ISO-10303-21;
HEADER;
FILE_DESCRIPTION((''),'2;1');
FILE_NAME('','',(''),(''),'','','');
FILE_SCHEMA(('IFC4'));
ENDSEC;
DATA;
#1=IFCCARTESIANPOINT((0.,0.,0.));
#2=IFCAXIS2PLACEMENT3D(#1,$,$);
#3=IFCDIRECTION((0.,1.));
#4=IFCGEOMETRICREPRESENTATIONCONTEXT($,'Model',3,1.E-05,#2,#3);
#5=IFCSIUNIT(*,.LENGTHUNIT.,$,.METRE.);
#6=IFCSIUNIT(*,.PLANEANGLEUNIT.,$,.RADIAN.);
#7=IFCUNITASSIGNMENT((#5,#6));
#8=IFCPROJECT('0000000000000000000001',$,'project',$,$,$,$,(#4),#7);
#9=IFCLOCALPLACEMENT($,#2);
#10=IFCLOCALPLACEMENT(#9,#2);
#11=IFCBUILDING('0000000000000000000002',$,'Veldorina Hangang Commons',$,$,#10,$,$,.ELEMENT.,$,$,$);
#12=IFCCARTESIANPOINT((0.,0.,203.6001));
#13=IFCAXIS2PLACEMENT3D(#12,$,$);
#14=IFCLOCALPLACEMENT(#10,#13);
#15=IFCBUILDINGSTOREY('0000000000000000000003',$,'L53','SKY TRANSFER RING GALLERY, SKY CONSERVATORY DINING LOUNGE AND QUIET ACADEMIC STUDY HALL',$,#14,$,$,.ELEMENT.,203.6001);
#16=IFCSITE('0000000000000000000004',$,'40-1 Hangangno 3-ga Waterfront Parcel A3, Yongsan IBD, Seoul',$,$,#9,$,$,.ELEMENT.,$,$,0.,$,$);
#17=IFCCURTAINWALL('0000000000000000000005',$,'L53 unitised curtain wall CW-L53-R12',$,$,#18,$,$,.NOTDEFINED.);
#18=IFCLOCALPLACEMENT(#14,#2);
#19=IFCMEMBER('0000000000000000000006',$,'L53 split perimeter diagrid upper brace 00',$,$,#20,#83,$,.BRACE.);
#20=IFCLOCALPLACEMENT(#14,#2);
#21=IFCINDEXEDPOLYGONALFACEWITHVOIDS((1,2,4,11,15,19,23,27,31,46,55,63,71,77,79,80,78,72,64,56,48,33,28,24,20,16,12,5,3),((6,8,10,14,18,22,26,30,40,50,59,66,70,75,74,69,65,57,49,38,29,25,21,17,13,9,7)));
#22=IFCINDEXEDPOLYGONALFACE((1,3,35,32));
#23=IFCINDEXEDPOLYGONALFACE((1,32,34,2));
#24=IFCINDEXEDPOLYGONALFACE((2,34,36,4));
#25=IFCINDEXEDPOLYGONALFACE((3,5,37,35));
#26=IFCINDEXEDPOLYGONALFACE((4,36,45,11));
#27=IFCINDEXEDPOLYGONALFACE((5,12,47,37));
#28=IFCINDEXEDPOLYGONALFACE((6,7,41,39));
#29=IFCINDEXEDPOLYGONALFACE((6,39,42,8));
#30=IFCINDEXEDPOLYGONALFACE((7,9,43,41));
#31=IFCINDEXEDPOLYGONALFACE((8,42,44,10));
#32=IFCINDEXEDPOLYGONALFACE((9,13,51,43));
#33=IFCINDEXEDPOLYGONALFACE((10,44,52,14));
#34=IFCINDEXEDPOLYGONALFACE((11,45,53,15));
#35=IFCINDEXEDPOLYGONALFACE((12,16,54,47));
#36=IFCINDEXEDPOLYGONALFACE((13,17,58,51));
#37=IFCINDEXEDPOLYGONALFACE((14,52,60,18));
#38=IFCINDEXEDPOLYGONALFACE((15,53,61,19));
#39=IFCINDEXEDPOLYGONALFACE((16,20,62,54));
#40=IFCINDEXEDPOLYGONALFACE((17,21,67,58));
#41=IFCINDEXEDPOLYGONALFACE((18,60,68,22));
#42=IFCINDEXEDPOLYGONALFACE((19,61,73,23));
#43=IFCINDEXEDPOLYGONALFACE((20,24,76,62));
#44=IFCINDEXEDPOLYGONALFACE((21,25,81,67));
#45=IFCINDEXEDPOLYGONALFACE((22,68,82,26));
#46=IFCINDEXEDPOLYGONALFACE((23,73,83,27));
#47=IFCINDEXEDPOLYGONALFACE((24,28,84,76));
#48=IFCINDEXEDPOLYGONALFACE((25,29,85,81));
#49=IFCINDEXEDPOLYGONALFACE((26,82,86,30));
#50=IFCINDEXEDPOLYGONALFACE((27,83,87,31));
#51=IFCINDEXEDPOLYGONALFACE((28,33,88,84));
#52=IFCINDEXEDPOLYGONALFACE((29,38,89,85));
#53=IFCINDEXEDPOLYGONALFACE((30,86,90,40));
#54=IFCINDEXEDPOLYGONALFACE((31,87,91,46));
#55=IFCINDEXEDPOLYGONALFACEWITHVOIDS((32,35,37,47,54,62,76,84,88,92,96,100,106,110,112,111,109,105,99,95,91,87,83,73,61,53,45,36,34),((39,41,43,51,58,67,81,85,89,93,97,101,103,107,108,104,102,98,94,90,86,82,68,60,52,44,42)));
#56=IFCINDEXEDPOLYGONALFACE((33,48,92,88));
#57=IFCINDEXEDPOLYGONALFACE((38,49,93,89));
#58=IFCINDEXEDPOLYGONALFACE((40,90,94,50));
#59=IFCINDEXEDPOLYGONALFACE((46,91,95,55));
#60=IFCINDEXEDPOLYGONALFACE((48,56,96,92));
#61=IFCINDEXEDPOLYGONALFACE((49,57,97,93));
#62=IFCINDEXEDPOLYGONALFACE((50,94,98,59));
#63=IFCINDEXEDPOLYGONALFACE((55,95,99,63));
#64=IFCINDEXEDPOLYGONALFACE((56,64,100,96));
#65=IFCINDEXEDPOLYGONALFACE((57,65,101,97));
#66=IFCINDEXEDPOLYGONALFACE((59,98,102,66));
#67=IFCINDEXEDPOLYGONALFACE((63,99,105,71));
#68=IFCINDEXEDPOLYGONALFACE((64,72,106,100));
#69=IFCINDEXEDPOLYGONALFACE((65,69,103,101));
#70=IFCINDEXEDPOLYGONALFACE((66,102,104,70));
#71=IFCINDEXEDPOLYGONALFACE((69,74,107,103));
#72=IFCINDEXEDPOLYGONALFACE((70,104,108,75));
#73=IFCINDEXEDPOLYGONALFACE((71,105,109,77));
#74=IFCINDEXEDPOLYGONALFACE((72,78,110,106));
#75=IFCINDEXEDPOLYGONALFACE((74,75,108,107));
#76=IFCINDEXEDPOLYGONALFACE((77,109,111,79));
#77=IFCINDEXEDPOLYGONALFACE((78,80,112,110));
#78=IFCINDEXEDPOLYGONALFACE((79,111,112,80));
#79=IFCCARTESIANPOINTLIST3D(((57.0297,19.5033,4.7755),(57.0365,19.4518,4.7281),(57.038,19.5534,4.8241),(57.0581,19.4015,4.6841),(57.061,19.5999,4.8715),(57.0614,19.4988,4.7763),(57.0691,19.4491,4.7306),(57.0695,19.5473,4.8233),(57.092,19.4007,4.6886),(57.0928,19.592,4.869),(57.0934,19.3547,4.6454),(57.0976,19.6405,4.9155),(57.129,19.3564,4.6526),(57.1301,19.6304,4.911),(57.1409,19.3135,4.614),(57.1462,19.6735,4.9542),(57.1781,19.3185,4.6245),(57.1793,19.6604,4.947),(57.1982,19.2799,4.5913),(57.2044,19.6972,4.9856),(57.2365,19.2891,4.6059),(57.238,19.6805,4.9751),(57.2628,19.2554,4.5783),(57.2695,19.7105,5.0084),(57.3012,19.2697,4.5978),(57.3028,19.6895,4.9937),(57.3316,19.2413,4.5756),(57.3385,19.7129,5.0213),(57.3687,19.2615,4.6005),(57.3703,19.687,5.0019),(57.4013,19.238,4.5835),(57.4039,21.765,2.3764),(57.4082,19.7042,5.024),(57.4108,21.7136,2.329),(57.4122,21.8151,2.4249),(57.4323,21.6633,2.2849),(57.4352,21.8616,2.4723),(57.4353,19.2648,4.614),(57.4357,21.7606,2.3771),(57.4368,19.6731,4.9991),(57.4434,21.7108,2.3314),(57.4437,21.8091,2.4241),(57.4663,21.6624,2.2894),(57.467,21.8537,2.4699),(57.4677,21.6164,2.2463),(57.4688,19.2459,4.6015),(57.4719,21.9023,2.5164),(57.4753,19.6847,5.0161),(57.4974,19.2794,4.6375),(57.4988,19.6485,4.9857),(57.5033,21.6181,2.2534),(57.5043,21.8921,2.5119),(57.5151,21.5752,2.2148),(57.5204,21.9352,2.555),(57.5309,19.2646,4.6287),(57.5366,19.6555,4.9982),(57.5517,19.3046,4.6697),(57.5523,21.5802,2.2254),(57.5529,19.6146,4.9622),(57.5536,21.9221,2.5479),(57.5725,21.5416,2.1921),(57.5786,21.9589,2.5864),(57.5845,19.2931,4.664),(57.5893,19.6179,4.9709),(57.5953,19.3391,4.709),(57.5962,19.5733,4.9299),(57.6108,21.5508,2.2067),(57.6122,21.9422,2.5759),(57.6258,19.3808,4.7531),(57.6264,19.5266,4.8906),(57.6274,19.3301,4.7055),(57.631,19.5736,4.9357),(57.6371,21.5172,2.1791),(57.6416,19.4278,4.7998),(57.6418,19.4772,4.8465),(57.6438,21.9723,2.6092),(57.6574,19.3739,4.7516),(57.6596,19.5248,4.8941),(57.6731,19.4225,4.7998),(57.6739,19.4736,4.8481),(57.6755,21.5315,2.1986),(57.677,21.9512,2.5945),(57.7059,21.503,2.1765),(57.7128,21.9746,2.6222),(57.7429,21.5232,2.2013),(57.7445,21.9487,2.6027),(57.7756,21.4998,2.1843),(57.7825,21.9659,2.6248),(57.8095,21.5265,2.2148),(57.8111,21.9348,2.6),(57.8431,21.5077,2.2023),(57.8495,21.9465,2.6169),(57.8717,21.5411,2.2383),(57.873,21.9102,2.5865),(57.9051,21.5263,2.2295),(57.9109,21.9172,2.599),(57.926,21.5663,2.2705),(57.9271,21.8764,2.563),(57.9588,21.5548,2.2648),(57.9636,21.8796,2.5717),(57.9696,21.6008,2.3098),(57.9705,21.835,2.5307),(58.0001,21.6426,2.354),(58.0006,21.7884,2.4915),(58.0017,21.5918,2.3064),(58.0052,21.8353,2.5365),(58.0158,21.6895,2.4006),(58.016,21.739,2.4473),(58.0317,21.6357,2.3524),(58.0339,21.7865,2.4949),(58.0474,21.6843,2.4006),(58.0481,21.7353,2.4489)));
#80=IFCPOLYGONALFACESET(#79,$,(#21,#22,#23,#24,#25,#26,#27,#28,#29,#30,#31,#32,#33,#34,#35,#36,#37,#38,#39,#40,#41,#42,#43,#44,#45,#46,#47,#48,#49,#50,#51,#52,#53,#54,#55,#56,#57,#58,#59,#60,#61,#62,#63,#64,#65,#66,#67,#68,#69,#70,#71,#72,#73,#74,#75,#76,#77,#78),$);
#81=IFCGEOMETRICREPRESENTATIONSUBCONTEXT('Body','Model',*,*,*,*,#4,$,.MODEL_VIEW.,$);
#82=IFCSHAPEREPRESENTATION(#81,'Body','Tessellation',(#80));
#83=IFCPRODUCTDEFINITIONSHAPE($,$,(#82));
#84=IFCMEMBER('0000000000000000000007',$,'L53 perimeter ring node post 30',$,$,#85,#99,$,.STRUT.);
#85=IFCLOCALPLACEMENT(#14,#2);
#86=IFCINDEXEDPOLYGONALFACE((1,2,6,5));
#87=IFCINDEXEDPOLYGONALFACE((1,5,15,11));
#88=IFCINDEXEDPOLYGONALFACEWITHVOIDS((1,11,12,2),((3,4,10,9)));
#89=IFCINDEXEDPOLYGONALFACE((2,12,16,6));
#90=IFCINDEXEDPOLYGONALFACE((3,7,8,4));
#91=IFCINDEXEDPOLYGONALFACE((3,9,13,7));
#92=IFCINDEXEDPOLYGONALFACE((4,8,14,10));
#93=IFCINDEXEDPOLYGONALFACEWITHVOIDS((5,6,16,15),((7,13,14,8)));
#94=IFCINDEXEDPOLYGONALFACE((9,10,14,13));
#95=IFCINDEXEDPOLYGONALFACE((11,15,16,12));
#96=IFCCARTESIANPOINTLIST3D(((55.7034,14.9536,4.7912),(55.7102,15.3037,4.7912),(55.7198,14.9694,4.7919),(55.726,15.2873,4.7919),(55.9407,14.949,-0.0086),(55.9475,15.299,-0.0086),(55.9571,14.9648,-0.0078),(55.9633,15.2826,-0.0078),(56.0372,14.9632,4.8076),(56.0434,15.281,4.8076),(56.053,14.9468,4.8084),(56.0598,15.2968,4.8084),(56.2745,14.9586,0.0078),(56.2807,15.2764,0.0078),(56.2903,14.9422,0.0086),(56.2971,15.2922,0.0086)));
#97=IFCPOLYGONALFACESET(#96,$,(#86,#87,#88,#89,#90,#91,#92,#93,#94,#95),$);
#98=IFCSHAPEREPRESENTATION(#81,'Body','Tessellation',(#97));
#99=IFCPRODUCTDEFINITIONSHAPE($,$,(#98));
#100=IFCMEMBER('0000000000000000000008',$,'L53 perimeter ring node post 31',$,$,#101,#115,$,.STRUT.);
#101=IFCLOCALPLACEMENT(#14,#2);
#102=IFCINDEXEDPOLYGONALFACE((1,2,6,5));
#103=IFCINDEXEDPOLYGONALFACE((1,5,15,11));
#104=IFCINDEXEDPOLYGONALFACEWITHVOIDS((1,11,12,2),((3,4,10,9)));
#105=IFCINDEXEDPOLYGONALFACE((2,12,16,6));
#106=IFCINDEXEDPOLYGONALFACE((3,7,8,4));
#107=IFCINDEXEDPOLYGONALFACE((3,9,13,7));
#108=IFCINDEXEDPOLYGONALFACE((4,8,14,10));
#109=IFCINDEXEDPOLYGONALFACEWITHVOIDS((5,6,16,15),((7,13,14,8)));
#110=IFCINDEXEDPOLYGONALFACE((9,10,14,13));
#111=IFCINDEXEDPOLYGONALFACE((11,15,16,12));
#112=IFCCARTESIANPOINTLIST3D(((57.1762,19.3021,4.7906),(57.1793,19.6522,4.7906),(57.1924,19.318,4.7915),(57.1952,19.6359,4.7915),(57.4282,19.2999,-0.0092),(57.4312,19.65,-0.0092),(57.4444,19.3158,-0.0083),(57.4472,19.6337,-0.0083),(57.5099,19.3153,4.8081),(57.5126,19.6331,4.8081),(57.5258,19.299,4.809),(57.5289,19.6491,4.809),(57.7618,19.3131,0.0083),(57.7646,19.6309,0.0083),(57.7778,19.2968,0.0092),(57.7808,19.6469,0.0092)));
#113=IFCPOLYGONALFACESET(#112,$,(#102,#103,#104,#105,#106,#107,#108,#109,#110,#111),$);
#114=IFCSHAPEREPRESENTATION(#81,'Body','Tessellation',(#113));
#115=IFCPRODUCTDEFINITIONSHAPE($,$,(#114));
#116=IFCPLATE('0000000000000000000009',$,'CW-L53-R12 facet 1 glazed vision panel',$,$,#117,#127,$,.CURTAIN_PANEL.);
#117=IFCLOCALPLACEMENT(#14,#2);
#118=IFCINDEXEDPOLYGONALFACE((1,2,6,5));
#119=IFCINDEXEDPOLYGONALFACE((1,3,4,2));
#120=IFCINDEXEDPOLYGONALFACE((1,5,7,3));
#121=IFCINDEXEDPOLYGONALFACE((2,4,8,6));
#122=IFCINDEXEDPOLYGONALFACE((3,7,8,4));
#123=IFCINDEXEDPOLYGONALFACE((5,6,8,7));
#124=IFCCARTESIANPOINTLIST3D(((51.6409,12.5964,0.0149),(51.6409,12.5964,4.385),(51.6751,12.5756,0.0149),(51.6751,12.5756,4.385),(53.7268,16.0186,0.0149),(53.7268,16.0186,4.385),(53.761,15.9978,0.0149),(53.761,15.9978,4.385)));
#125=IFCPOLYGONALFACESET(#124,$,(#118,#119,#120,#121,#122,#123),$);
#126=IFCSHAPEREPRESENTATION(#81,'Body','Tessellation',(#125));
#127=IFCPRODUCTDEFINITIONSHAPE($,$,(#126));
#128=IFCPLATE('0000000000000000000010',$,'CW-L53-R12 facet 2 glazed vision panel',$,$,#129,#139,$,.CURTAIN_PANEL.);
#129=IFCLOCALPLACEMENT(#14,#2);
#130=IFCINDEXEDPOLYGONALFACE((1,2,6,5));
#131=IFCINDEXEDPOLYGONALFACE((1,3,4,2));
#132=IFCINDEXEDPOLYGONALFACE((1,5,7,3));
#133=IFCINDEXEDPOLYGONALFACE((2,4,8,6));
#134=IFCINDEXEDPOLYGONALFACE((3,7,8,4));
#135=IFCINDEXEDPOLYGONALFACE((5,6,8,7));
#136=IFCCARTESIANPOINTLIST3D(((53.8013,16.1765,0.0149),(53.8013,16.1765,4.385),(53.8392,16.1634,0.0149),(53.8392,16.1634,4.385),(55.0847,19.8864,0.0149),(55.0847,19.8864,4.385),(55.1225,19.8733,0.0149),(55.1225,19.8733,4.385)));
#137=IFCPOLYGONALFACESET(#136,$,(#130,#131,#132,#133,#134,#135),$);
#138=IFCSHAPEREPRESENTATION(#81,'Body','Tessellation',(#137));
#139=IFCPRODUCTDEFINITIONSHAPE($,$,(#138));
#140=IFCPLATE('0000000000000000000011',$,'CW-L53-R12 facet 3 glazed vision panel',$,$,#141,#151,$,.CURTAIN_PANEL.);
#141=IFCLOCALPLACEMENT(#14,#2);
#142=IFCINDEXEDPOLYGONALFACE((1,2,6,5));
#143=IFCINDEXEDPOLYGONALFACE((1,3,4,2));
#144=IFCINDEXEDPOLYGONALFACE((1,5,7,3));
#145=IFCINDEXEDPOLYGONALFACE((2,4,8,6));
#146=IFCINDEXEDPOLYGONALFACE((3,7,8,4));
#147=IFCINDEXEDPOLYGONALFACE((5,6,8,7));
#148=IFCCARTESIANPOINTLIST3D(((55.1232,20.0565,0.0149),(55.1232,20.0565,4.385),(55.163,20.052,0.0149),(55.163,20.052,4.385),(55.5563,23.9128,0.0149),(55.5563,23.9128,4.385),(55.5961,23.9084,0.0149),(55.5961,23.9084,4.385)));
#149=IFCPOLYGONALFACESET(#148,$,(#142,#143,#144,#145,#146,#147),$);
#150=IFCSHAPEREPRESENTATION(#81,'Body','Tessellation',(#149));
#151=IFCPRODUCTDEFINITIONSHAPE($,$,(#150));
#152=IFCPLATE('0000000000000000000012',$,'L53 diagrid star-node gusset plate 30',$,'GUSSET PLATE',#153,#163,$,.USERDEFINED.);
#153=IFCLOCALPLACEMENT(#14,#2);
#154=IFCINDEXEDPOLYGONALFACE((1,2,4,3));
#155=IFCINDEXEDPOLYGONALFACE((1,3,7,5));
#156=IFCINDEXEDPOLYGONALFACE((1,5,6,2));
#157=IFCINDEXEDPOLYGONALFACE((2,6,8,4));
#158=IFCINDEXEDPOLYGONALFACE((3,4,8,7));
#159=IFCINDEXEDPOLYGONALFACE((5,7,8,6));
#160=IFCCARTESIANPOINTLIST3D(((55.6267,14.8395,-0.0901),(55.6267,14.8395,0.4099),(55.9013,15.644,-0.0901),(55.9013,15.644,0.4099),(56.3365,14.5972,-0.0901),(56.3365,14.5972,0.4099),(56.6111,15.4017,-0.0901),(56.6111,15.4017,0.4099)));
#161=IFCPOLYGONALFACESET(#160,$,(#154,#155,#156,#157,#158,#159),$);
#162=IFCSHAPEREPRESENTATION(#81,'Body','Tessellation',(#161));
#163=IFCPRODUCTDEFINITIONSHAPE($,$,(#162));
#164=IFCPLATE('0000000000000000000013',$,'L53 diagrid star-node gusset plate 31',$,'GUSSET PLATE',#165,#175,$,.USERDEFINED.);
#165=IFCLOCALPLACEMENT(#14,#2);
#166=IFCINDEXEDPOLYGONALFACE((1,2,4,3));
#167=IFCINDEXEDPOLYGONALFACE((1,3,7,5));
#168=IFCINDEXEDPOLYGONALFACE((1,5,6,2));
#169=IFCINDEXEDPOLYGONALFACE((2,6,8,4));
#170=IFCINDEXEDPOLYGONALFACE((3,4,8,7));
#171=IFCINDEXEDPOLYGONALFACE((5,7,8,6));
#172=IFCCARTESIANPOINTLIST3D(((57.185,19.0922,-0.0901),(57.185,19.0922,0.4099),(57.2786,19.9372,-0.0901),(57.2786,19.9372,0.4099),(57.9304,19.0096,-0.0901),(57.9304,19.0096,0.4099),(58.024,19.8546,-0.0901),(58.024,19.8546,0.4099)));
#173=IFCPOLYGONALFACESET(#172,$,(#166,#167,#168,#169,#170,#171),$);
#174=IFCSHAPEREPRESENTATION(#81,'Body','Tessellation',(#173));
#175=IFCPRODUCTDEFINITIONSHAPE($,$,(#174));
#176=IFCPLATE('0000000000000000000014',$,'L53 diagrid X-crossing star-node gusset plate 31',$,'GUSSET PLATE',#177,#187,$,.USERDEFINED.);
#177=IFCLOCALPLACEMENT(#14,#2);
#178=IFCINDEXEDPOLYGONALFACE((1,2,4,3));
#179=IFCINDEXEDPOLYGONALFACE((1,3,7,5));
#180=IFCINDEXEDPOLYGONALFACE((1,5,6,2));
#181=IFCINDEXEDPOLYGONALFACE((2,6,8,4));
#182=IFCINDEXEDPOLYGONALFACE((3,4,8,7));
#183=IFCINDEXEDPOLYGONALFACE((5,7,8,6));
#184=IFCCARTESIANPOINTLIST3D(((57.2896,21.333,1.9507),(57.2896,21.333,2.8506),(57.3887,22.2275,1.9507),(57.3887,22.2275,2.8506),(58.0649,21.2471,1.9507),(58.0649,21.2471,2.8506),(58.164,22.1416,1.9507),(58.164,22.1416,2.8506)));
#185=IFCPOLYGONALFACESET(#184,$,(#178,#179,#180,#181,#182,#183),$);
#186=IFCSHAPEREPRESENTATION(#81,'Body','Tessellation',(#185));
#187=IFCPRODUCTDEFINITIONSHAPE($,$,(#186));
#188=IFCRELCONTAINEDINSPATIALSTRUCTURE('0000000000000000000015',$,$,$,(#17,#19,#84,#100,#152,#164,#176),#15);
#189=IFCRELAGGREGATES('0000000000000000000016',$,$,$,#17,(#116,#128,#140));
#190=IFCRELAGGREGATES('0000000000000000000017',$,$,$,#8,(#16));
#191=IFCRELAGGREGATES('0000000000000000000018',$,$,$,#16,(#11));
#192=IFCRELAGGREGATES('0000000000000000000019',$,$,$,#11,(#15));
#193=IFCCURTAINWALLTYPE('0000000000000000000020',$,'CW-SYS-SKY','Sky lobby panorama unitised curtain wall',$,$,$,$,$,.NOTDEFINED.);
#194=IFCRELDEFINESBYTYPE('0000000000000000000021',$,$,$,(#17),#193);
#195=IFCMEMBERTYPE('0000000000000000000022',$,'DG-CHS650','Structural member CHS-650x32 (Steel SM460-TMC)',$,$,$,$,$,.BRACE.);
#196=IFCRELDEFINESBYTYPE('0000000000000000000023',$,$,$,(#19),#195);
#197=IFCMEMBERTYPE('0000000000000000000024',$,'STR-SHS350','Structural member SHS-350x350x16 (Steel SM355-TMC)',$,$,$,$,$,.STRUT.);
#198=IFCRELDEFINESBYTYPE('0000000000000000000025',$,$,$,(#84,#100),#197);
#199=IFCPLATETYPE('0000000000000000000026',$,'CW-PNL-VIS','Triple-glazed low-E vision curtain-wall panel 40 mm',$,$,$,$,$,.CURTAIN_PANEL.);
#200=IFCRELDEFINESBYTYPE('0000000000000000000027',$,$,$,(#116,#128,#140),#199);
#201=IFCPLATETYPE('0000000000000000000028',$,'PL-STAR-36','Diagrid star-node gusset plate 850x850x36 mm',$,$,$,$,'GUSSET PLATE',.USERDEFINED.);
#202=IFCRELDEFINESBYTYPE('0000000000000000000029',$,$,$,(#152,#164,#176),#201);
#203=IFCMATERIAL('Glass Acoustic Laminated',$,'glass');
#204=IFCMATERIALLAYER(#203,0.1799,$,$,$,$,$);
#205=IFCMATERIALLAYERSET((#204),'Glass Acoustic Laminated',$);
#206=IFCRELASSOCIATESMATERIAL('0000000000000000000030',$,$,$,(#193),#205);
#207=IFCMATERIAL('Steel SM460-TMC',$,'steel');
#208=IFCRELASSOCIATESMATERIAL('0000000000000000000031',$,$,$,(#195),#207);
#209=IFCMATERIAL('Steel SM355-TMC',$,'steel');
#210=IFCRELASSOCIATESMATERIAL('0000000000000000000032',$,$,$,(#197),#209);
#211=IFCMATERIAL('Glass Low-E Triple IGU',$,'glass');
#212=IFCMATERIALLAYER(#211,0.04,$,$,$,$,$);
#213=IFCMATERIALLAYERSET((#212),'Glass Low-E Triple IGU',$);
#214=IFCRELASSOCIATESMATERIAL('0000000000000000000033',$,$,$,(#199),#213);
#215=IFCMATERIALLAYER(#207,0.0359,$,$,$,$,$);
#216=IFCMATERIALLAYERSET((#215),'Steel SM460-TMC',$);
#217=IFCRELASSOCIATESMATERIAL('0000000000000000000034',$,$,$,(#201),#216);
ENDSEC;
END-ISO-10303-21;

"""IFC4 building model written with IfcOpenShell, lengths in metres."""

from ifc_helpers import new_model, si_unit, direction, frame, origin, origin_2d, place, context, subcontext, project, spatial, rectangle, hollow_rectangle, hollow_circle, extrude, material, layer, layer_set, material_profile, profile_set, type_object, element, aggregate, save


model = new_model("IFC4")

# Units and contexts
model_context = context("Model", 3, precision=1e-05, world=origin(), true_north=direction((0.0, 1.0)))
body_context = subcontext(model_context, "Body", "Model", "MODEL_VIEW")
ifc_project = project(units=[si_unit("LENGTHUNIT", "METRE"), si_unit("PLANEANGLEUNIT", "RADIAN")], contexts=[model_context])

# Site, building, storey
site_placement = place(None, origin())
site = spatial("IfcSite", under=ifc_project, at=site_placement, Name="40-1 Hangangno 3-ga Waterfront Parcel A3, Yongsan IBD, Seoul", CompositionType="ELEMENT", RefElevation=0.0)
building_placement = place(site_placement, origin())
building = spatial("IfcBuilding", under=site, at=building_placement, Name="Veldorina Hangang Commons", CompositionType="ELEMENT")
storey_placement = place(building_placement, frame((0.0, 0.0, 203.6001)))
storey = spatial("IfcBuildingStorey", under=building, at=storey_placement, Name="L53", Description="SKY TRANSFER RING GALLERY, SKY CONSERVATORY DINING LOUNGE AND QUIET ACADEMIC STUDY HALL", CompositionType="ELEMENT", Elevation=203.6001)

# Shared definitions
ifc_material_1 = material(Name="Steel SM460-TMC", Category="steel")

# Curtain wall
ifc_material_2 = material(Name="Glass Acoustic Laminated", Category="glass")
ifc_layer_1 = layer(ifc_material_2, 0.1799)
ifc_layer_set_1 = layer_set([ifc_layer_1], Name="Glass Acoustic Laminated")
curtain_wall_type = type_object("IfcCurtainWallType", Name="CW-SYS-SKY", Description="Sky lobby panorama unitised curtain wall", PredefinedType="NOTDEFINED", material=ifc_layer_set_1)
curtain_wall_placement = place(storey_placement, origin())
curtain_wall = element("IfcCurtainWall", 1, at=curtain_wall_placement, inside=storey, type_object=curtain_wall_type, Name="L53 unitised curtain wall CW-L53-R12", PredefinedType="NOTDEFINED")

# Members
ifc_material_profile_1 = material_profile(ifc_material_1, hollow_circle(Radius=0.325, WallThickness=0.032, at=origin_2d()), Name="CHS-650x32")
ifc_profile_set_1 = profile_set([ifc_material_profile_1], Name="Steel SM460-TMC")
member_type_1 = type_object("IfcMemberType", Name="DG-CHS650", Description="Structural member CHS-650x32 (Steel SM460-TMC)", PredefinedType="BRACE", material=ifc_profile_set_1)
member_1_placement = place(storey_placement, frame((57.7268, 21.7373, 2.4006), z_axis=(-0.112787, -0.681579, 0.723), x_axis=(0.986583, -0.163259, 0.0)))
element("IfcMember", 2, at=member_1_placement, inside=storey, type_object=member_type_1, Name="L53 split perimeter diagrid upper brace 00", PredefinedType="BRACE", context=body_context, shape_type="SweptSolid", body=[
    extrude(hollow_circle(Radius=0.325, WallThickness=0.032, at=origin_2d()), origin(), (0.0, 0.0, 1.0), 3.3184),
])
ifc_material_3 = material(Name="Steel SM355-TMC", Category="steel")
ifc_material_profile_2 = material_profile(ifc_material_3, hollow_rectangle(XDim=0.3501, YDim=0.3501, WallThickness=0.0161, at=origin_2d()), Name="SHS-350x350x16")
ifc_profile_set_2 = profile_set([ifc_material_profile_2], Name="Steel SM355-TMC")
member_type_2 = type_object("IfcMemberType", Name="STR-SHS350", Description="Structural member SHS-350x350x16 (Steel SM355-TMC)", PredefinedType="STRUT", material=ifc_profile_set_2)
member_2_placement = place(storey_placement, frame((56.1189, 15.1206, 0.0), z_axis=(-0.04938, 0.000965, 0.99878), x_axis=(-0.019544, -0.999809, 0.0)))
element("IfcMember", 3, at=member_2_placement, inside=storey, type_object=member_type_2, Name="L53 perimeter ring node post 30", PredefinedType="STRUT", context=body_context, shape_type="SweptSolid", body=[
    extrude(hollow_rectangle(XDim=0.3501, YDim=0.3501, WallThickness=0.0161, at=origin_2d()), origin(), (0.0, 0.0, 1.0), 4.8057),
])
member_3_placement = place(storey_placement, frame((57.6045, 19.4734, 0.0), z_axis=(-0.05242, 0.000457, 0.998625), x_axis=(-0.008721, -0.999962, 0.0)))
element("IfcMember", 4, at=member_3_placement, inside=storey, type_object=member_type_2, Name="L53 perimeter ring node post 31", PredefinedType="STRUT", context=body_context, shape_type="SweptSolid", body=[
    extrude(hollow_rectangle(XDim=0.3501, YDim=0.3501, WallThickness=0.0161, at=origin_2d()), origin(), (0.0, 0.0, 1.0), 4.8064),
])

# Plates
ifc_material_4 = material(Name="Glass Low-E Triple IGU", Category="glass")
ifc_layer_2 = layer(ifc_material_4, 0.04)
ifc_layer_set_2 = layer_set([ifc_layer_2], Name="Glass Low-E Triple IGU")
plate_type_1 = type_object("IfcPlateType", Name="CW-PNL-VIS", Description="Triple-glazed low-E vision curtain-wall panel 40 mm", PredefinedType="CURTAIN_PANEL", material=ifc_layer_set_2)
plate_1_placement = place(storey_placement, frame((52.7009, 14.2971, 0.0149), z_axis=(0.0, 0.0, 1.0), x_axis=(0.520458, 0.853887, 0.0)))
plate_1 = element("IfcPlate", 5, at=plate_1_placement, type_object=plate_type_1, Name="CW-L53-R12 facet 1 glazed vision panel", PredefinedType="CURTAIN_PANEL", context=body_context, shape_type="SweptSolid", body=[
    extrude(rectangle(XDim=4.0078, YDim=0.04, at=origin_2d()), origin(), (0.0, 0.0, 1.0), 4.3701),
])
plate_2_placement = place(storey_placement, frame((54.4619, 18.0249, 0.0149), z_axis=(0.0, 0.0, 1.0), x_axis=(0.326921, 0.945052, 0.0)))
plate_2 = element("IfcPlate", 6, at=plate_2_placement, type_object=plate_type_1, Name="CW-L53-R12 facet 2 glazed vision panel", PredefinedType="CURTAIN_PANEL", context=body_context, shape_type="SweptSolid", body=[
    extrude(rectangle(XDim=3.9255, YDim=0.04, at=origin_2d()), origin(), (0.0, 0.0, 1.0), 4.3701),
])
plate_3_placement = place(storey_placement, frame((55.3596, 21.9824, 0.0149), z_axis=(0.0, 0.0, 1.0), x_axis=(0.111608, 0.993752, 0.0)))
plate_3 = element("IfcPlate", 7, at=plate_3_placement, type_object=plate_type_1, Name="CW-L53-R12 facet 3 glazed vision panel", PredefinedType="CURTAIN_PANEL", context=body_context, shape_type="SweptSolid", body=[
    extrude(rectangle(XDim=3.8806, YDim=0.04, at=origin_2d()), origin(), (0.0, 0.0, 1.0), 4.3701),
])
aggregate(curtain_wall, [plate_1, plate_2, plate_3])

# Plates
ifc_layer_3 = layer(ifc_material_1, 0.0359)
ifc_layer_set_3 = layer_set([ifc_layer_3], Name="Steel SM460-TMC")
plate_type_2 = type_object("IfcPlateType", Name="PL-STAR-36", Description="Diagrid star-node gusset plate 850x850x36 mm", ElementType="GUSSET PLATE", PredefinedType="USERDEFINED", material=ifc_layer_set_3)
for number, where, z_axis, x_axis, name in (
    (8, (56.1189, 15.1206, -0.0901), (0.0, 0.0, 1.0), (0.323009, 0.946396, 0.0), "L53 diagrid star-node gusset plate 30"),
    (9, (57.6045, 19.4734, -0.0901), (0.0, 0.0, 1.0), (0.110133, 0.993917, 0.0), "L53 diagrid star-node gusset plate 31"),
):
    element("IfcPlate", number, at=place(storey_placement, frame(where, z_axis=z_axis, x_axis=x_axis)), inside=storey, type_object=plate_type_2, Name=name, ObjectType="GUSSET PLATE", PredefinedType="USERDEFINED", context=body_context, shape_type="SweptSolid", body=[
        extrude(rectangle(XDim=0.8501, YDim=0.75, at=origin_2d()), origin(), (0.0, 0.0, 1.0), 0.5),
    ])
plate_4_placement = place(storey_placement, frame((57.7268, 21.7373, 1.9507), z_axis=(0.0, 0.0, 1.0), x_axis=(0.110133, 0.993917, 0.0)))
element("IfcPlate", 10, at=plate_4_placement, inside=storey, type_object=plate_type_2, Name="L53 diagrid X-crossing star-node gusset plate 31", ObjectType="GUSSET PLATE", PredefinedType="USERDEFINED", context=body_context, shape_type="SweptSolid", body=[
    extrude(rectangle(XDim=0.8999, YDim=0.78, at=origin_2d()), origin(), (0.0, 0.0, 1.0), 0.8999),
])

save(model, "model.ifc")
